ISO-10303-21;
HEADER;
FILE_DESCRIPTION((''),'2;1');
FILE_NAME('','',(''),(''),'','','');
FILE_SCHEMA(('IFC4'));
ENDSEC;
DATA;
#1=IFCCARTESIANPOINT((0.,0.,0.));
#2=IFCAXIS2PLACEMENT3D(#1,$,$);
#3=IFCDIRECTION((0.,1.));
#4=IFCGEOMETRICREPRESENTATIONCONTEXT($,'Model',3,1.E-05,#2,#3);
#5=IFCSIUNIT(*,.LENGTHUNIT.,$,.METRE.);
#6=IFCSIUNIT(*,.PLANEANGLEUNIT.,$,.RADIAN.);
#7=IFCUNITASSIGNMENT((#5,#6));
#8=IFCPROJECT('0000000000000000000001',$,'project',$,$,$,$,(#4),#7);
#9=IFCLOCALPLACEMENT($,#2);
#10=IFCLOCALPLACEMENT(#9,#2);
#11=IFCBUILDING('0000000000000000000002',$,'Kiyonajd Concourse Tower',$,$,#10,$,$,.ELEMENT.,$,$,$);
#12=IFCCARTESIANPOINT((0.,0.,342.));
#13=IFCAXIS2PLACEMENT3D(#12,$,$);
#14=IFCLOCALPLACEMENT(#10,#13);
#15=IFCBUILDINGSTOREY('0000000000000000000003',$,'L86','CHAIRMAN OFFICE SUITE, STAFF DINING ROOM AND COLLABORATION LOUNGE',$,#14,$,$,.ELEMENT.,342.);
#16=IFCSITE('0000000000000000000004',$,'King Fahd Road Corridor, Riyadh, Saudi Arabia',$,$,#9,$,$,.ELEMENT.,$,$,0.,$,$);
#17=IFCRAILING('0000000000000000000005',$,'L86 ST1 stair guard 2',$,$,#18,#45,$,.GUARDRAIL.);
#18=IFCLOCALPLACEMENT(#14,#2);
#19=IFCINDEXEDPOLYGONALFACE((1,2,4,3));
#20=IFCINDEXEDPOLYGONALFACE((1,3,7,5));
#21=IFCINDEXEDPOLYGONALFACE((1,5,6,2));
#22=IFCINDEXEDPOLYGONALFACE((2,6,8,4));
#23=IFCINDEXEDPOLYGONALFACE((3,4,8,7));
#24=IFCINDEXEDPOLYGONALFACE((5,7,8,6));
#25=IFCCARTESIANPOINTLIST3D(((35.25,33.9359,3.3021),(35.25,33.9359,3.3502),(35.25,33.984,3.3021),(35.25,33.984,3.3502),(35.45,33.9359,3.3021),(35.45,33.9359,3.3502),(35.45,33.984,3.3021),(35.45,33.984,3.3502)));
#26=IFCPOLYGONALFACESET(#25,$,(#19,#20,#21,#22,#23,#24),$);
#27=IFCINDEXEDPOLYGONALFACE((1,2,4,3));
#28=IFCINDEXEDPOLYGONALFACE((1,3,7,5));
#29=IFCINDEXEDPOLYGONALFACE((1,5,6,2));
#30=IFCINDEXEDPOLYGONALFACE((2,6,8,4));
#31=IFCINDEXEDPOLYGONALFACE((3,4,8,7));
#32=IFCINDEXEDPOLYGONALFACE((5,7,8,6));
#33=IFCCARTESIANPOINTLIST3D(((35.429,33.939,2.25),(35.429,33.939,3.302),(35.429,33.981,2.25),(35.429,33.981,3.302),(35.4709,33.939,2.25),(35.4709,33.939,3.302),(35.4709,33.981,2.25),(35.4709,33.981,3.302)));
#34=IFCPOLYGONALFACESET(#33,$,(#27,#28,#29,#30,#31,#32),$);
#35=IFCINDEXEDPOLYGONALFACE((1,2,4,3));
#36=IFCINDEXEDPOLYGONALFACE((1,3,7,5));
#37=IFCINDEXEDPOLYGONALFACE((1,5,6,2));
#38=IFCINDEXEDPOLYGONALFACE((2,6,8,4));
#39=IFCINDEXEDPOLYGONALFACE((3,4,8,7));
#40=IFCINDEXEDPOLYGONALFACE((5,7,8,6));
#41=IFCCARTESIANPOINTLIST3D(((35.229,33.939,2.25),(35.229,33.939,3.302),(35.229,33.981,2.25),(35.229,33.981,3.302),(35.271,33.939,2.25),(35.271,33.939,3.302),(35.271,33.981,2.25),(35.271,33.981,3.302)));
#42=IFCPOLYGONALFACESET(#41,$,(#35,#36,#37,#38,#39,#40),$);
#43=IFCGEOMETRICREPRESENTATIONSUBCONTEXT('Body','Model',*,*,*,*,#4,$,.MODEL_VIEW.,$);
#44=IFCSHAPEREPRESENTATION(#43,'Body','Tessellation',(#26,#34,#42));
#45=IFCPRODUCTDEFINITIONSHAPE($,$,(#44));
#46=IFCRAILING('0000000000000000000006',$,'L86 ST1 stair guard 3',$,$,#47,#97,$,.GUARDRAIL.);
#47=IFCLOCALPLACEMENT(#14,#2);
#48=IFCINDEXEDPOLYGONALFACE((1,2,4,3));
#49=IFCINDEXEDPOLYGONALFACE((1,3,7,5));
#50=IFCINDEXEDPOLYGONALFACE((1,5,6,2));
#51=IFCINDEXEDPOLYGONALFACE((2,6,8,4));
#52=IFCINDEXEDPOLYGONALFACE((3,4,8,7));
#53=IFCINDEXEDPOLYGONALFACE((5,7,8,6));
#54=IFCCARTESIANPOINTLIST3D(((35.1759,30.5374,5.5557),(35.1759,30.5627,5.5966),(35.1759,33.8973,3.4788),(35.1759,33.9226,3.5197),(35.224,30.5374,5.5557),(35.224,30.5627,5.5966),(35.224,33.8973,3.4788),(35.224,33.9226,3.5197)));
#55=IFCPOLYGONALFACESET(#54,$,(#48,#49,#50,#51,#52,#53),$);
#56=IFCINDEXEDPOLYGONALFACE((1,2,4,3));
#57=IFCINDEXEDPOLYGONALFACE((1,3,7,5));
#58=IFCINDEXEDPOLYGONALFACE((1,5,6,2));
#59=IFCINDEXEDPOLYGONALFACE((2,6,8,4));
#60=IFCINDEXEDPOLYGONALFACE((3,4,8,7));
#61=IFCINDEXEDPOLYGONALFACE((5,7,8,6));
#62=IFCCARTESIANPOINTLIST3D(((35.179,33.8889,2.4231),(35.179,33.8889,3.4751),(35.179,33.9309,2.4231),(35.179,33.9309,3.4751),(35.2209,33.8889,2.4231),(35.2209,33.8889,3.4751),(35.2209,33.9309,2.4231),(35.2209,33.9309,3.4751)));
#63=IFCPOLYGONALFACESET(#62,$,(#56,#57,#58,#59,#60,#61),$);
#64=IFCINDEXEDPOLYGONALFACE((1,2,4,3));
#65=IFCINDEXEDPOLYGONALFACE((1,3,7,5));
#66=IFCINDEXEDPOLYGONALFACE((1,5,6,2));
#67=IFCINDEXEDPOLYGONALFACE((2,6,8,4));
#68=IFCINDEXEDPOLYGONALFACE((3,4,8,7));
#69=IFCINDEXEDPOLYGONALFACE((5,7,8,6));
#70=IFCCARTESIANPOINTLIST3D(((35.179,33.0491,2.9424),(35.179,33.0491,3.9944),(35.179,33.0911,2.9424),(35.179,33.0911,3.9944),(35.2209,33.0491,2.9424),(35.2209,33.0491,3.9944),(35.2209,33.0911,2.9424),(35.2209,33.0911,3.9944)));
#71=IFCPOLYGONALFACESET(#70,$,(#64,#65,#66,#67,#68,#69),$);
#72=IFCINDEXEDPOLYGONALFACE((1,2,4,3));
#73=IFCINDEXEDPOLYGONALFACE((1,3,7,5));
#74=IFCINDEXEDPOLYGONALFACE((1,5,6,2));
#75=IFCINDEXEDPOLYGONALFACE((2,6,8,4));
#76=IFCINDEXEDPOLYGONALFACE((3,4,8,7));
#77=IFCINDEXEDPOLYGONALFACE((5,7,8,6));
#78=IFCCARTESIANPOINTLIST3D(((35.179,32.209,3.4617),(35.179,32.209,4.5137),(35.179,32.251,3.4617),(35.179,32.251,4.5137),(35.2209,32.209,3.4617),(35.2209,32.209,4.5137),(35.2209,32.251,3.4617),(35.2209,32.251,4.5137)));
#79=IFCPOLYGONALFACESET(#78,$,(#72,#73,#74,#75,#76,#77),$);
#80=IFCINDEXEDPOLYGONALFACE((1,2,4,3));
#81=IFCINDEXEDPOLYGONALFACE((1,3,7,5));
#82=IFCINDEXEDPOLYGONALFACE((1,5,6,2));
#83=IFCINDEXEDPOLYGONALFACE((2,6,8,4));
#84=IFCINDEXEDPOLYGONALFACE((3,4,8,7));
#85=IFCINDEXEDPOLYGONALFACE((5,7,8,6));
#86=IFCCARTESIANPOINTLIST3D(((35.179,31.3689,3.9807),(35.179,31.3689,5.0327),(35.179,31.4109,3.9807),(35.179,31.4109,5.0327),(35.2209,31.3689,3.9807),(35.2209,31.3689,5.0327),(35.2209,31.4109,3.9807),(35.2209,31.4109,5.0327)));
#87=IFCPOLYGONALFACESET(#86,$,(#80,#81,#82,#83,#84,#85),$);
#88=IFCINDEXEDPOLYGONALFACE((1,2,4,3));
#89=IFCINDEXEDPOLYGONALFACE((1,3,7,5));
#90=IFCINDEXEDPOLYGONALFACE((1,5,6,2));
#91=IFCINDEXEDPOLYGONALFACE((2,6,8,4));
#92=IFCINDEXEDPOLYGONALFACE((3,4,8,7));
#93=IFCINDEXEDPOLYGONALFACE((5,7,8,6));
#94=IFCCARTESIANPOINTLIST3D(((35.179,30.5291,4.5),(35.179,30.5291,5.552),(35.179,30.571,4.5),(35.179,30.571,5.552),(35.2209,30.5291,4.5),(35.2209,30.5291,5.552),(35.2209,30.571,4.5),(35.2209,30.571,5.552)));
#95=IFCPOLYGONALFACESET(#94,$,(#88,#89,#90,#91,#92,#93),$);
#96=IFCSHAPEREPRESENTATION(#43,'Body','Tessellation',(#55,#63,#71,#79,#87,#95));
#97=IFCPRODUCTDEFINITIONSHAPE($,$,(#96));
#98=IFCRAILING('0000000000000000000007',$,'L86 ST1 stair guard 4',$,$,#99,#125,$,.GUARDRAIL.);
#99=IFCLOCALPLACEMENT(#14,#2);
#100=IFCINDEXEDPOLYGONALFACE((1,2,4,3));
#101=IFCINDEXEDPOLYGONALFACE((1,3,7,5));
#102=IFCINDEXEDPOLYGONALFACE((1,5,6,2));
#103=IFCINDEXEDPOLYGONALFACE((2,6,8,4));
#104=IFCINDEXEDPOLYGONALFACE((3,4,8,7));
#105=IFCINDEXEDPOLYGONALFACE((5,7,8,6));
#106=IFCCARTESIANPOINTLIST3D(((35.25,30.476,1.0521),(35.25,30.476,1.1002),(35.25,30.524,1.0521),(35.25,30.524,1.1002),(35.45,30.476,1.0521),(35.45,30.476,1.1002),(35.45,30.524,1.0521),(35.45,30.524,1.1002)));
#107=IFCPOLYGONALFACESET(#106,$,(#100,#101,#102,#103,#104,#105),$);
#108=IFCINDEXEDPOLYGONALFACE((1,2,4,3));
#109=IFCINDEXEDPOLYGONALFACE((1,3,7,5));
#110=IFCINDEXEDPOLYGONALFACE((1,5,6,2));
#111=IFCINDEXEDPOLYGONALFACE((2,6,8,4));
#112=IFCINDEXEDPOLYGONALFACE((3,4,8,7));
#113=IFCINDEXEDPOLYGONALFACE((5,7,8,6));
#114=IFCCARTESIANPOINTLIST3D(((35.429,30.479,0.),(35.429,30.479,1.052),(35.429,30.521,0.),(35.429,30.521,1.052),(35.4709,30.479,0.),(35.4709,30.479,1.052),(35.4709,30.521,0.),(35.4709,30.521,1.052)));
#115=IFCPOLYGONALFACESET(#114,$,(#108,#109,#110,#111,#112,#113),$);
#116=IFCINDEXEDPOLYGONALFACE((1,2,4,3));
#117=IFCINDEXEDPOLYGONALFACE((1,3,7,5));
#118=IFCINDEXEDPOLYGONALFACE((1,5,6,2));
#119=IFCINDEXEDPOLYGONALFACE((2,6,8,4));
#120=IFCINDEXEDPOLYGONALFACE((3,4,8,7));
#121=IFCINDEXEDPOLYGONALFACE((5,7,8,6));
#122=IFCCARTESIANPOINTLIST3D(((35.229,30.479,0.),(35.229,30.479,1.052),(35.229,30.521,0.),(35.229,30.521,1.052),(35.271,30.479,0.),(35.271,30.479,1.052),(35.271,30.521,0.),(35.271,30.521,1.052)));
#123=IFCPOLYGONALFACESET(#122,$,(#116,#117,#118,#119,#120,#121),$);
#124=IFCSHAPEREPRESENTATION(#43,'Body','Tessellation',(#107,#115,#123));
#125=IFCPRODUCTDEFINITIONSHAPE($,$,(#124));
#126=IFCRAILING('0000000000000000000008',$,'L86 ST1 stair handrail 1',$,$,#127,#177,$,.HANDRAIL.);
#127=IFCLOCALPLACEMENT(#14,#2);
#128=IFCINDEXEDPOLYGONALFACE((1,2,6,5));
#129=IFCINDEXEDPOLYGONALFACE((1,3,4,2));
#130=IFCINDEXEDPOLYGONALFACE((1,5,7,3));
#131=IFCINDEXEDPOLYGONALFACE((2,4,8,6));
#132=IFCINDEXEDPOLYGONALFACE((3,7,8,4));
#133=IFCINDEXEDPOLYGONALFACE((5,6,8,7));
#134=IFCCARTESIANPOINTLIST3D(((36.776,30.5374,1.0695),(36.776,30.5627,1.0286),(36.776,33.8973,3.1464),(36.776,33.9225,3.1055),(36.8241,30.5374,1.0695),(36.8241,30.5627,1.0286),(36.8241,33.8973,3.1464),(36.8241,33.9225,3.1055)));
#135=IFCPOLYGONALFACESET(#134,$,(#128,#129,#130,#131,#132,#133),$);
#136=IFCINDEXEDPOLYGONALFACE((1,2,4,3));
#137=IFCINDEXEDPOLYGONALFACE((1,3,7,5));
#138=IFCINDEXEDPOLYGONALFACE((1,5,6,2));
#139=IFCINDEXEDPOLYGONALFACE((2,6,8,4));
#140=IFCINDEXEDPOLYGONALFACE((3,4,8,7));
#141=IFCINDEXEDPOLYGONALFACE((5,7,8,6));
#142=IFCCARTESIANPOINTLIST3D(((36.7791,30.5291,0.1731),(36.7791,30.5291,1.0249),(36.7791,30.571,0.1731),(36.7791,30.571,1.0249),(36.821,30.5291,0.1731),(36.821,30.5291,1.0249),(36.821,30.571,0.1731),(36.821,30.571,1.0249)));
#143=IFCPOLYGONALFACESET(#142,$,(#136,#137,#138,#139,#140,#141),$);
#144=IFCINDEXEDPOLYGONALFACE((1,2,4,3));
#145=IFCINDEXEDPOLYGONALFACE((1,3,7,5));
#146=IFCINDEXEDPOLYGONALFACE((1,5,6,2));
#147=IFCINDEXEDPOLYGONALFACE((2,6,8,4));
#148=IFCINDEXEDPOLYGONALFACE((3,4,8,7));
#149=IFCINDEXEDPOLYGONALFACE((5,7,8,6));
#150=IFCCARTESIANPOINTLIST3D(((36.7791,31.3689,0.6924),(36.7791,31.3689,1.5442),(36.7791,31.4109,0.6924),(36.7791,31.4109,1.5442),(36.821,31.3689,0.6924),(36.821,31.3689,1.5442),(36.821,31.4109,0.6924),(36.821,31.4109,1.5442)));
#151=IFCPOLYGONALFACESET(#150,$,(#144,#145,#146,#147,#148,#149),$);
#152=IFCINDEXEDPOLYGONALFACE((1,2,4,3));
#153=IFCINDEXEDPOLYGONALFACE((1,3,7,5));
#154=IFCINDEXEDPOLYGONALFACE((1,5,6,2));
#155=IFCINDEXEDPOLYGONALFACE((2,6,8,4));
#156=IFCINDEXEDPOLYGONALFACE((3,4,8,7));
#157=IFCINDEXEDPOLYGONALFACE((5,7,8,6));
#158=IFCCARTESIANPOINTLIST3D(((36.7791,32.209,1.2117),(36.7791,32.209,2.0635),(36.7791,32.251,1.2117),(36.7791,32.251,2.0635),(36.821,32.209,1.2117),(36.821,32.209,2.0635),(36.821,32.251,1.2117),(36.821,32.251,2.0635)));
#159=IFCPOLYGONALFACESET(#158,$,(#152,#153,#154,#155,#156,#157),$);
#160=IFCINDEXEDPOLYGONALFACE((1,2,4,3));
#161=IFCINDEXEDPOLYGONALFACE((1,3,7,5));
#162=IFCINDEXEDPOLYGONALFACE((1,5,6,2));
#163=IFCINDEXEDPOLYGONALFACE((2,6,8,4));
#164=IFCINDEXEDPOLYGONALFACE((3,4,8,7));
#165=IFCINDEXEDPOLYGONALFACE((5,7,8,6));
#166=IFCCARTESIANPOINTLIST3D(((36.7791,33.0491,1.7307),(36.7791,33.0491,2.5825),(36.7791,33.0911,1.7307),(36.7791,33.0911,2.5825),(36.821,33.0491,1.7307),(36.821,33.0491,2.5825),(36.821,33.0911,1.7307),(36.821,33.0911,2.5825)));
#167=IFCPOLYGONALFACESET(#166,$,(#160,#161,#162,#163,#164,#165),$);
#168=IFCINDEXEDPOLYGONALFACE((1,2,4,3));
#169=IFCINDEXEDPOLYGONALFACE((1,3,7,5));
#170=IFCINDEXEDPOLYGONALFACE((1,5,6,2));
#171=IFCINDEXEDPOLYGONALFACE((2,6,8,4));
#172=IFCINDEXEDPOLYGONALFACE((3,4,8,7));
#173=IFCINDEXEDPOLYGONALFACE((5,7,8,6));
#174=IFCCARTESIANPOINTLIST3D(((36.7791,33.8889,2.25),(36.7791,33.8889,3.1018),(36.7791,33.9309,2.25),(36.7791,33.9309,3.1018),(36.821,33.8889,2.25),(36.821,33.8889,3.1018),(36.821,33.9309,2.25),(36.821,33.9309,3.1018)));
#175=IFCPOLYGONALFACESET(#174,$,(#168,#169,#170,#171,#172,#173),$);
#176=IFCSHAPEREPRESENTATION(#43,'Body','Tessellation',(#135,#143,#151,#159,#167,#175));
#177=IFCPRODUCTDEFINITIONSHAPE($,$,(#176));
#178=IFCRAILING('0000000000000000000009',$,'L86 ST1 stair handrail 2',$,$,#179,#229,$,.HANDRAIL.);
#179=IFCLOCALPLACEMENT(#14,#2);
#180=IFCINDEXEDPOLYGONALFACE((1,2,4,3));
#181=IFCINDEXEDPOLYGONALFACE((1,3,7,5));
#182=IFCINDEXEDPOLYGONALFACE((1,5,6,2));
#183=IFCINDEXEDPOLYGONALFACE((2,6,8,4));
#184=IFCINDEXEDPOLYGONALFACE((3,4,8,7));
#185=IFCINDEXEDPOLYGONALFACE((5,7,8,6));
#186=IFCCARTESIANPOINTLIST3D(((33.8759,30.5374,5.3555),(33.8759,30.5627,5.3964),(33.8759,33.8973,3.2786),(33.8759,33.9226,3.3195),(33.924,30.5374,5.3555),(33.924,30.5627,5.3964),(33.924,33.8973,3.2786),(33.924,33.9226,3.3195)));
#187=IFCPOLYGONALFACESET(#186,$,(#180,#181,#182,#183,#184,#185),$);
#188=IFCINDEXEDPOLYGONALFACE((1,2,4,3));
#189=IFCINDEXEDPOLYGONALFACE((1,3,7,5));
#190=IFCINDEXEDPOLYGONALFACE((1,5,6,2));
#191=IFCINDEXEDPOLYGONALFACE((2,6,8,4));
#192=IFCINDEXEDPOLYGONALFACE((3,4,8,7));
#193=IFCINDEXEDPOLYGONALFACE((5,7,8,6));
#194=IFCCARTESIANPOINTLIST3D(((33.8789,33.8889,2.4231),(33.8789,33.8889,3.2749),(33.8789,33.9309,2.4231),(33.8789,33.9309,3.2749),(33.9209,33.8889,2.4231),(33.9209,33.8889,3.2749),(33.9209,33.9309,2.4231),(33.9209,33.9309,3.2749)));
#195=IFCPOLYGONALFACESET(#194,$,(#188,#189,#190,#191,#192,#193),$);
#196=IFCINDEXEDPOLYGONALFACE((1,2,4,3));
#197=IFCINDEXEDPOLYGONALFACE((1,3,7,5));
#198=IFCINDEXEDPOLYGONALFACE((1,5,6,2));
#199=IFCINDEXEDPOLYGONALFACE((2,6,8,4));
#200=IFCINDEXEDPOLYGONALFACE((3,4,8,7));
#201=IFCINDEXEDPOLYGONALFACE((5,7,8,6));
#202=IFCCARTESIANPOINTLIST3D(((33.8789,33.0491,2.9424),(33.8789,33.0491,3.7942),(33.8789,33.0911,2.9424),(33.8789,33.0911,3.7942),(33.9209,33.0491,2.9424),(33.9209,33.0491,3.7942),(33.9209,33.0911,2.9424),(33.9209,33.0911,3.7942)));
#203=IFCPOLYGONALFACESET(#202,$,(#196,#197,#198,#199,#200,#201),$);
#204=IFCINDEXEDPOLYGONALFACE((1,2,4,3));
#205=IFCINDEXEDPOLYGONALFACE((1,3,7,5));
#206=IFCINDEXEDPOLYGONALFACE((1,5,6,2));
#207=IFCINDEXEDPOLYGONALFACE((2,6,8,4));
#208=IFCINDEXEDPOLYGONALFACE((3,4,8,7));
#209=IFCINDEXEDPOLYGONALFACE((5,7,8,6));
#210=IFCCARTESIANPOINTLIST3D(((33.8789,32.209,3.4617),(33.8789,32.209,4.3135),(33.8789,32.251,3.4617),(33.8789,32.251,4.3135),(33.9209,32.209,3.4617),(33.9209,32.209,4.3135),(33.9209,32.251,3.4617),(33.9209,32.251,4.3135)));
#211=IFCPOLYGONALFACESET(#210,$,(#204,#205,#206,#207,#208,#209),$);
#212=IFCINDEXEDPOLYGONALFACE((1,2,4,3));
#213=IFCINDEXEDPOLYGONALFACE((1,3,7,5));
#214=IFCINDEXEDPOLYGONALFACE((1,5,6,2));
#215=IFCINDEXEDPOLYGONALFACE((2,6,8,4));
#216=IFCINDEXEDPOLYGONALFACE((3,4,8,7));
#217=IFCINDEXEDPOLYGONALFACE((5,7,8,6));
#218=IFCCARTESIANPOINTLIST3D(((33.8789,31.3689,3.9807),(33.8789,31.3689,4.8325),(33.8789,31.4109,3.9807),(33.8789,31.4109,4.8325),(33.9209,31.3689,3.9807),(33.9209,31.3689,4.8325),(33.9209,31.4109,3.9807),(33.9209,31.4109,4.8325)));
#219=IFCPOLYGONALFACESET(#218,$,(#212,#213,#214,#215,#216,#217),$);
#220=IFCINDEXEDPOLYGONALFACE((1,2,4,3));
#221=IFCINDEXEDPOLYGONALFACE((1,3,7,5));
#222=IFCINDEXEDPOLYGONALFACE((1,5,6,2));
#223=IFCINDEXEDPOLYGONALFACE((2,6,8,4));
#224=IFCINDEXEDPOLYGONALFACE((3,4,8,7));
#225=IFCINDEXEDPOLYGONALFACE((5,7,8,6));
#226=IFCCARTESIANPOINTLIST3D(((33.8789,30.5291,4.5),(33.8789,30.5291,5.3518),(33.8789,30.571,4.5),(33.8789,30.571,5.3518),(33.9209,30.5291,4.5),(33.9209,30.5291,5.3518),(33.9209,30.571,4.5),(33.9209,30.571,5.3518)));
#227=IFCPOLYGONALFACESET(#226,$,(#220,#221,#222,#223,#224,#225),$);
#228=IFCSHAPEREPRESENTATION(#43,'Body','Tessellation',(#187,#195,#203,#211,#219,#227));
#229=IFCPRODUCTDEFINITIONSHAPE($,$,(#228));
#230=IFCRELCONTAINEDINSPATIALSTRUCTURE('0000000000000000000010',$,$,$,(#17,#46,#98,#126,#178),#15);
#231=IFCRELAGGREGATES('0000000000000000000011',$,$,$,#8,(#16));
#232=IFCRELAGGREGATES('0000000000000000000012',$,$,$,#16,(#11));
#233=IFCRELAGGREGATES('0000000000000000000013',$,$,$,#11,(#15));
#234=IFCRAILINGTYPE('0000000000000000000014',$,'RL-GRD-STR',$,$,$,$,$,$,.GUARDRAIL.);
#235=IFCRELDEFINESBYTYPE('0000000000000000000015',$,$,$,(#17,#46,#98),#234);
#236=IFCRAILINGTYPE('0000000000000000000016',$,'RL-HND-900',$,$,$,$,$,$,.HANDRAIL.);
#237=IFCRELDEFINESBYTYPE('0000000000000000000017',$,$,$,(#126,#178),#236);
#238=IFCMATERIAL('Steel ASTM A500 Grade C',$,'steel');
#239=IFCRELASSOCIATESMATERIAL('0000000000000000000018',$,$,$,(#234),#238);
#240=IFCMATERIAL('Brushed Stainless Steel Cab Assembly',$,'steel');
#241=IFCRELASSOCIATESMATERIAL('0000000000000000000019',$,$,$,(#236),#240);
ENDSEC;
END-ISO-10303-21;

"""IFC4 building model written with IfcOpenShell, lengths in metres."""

from ifc_helpers import new_model, si_unit, direction, frame, origin, origin_2d, place, context, subcontext, project, spatial, rectangle, extrude, material, type_object, element, save


model = new_model("IFC4")

# Units and contexts
model_context = context("Model", 3, precision=1e-05, world=origin(), true_north=direction((0.0, 1.0)))
body_context = subcontext(model_context, "Body", "Model", "MODEL_VIEW")
ifc_project = project(units=[si_unit("LENGTHUNIT", "METRE"), si_unit("PLANEANGLEUNIT", "RADIAN")], contexts=[model_context])

# Site, building, storey
site_placement = place(None, origin())
site = spatial("IfcSite", under=ifc_project, at=site_placement, Name="King Fahd Road Corridor, Riyadh, Saudi Arabia", CompositionType="ELEMENT", RefElevation=0.0)
building_placement = place(site_placement, origin())
building = spatial("IfcBuilding", under=site, at=building_placement, Name="Kiyonajd Concourse Tower", CompositionType="ELEMENT")
storey_placement = place(building_placement, frame((0.0, 0.0, 342.0)))
storey = spatial("IfcBuildingStorey", under=building, at=storey_placement, Name="L86", Description="CHAIRMAN OFFICE SUITE, STAFF DINING ROOM AND COLLABORATION LOUNGE", CompositionType="ELEMENT", Elevation=342.0)

# Shared definitions
ifc_material_1 = material(Name="Brushed Stainless Steel Cab Assembly", Category="steel")

# Railings
ifc_material_2 = material(Name="Steel ASTM A500 Grade C", Category="steel")
railing_type_1 = type_object("IfcRailingType", Name="RL-GRD-STR", PredefinedType="GUARDRAIL", material=ifc_material_2)
railing_1_placement = place(storey_placement, frame((35.45, 33.96, 2.25)))
element("IfcRailing", 1, at=railing_1_placement, inside=storey, type_object=railing_type_1, Name="L86 ST1 stair guard 2", PredefinedType="GUARDRAIL", context=body_context, shape_type="SweptSolid", body=[
    extrude(rectangle(XDim=0.0481, YDim=0.0481, at=origin_2d()), frame((0.0, 0.0, 1.0762), z_axis=(-1.0, 0.0, 0.0), x_axis=(0.0, -1.0, 0.0)), (0.0, 0.0, 1.0), 0.2),
    extrude(rectangle(XDim=0.042, YDim=0.042, at=origin_2d()), origin(), (0.0, 0.0, 1.0), 1.052),
    extrude(rectangle(XDim=0.042, YDim=0.042, at=origin_2d()), frame((-0.2, 0.0, 0.0)), (0.0, 0.0, 1.0), 1.052),
])
railing_2_placement = place(storey_placement, frame((35.2, 33.9099, 2.4231)))
element("IfcRailing", 2, at=railing_2_placement, inside=storey, type_object=railing_type_1, Name="L86 ST1 stair guard 3", PredefinedType="GUARDRAIL", context=body_context, shape_type="SweptSolid", body=[
    extrude(rectangle(XDim=0.0481, YDim=0.0481, at=origin_2d()), frame((0.0, 0.0, 1.0762), z_axis=(0.0, -0.850606, 0.525803), x_axis=(1.0, 0.0, 0.0)), (0.0, 0.0, 1.0), 3.95),
    extrude(rectangle(XDim=0.042, YDim=0.042, at=origin_2d()), origin(), (0.0, 0.0, 1.0), 1.052),
    extrude(rectangle(XDim=0.042, YDim=0.042, at=origin_2d()), frame((0.0, -0.8398, 0.5193)), (0.0, 0.0, 1.0), 1.052),
    extrude(rectangle(XDim=0.042, YDim=0.042, at=origin_2d()), frame((0.0, -1.6799, 1.0386)), (0.0, 0.0, 1.0), 1.052),
    extrude(rectangle(XDim=0.042, YDim=0.042, at=origin_2d()), frame((0.0, -2.52, 1.5576)), (0.0, 0.0, 1.0), 1.052),
    extrude(rectangle(XDim=0.042, YDim=0.042, at=origin_2d()), frame((0.0, -3.3599, 2.0769)), (0.0, 0.0, 1.0), 1.052),
])
railing_3_placement = place(storey_placement, frame((35.45, 30.5, 0.0)))
element("IfcRailing", 3, at=railing_3_placement, inside=storey, type_object=railing_type_1, Name="L86 ST1 stair guard 4", PredefinedType="GUARDRAIL", context=body_context, shape_type="SweptSolid", body=[
    extrude(rectangle(XDim=0.0481, YDim=0.0481, at=origin_2d()), frame((0.0, 0.0, 1.0762), z_axis=(-1.0, 0.0, 0.0), x_axis=(0.0, -1.0, 0.0)), (0.0, 0.0, 1.0), 0.2),
    extrude(rectangle(XDim=0.042, YDim=0.042, at=origin_2d()), origin(), (0.0, 0.0, 1.0), 1.052),
    extrude(rectangle(XDim=0.042, YDim=0.042, at=origin_2d()), frame((-0.2, 0.0, 0.0)), (0.0, 0.0, 1.0), 1.052),
])
railing_type_2 = type_object("IfcRailingType", Name="RL-HND-900", PredefinedType="HANDRAIL", material=ifc_material_1)
railing_4_placement = place(storey_placement, frame((36.8, 30.55, 0.1731)))
element("IfcRailing", 4, at=railing_4_placement, inside=storey, type_object=railing_type_2, Name="L86 ST1 stair handrail 1", PredefinedType="HANDRAIL", context=body_context, shape_type="SweptSolid", body=[
    extrude(rectangle(XDim=0.0481, YDim=0.0481, at=origin_2d()), frame((0.0, 0.0, 0.876), z_axis=(0.0, 0.850606, 0.525803), x_axis=(-1.0, 0.0, 0.0)), (0.0, 0.0, 1.0), 3.95),
    extrude(rectangle(XDim=0.042, YDim=0.042, at=origin_2d()), origin(), (0.0, 0.0, 1.0), 0.8518),
    extrude(rectangle(XDim=0.042, YDim=0.042, at=origin_2d()), frame((0.0, 0.8398, 0.5193)), (0.0, 0.0, 1.0), 0.8518),
    extrude(rectangle(XDim=0.042, YDim=0.042, at=origin_2d()), frame((0.0, 1.6799, 1.0386)), (0.0, 0.0, 1.0), 0.8518),
    extrude(rectangle(XDim=0.042, YDim=0.042, at=origin_2d()), frame((0.0, 2.52, 1.5576)), (0.0, 0.0, 1.0), 0.8518),
    extrude(rectangle(XDim=0.042, YDim=0.042, at=origin_2d()), frame((0.0, 3.3599, 2.0769)), (0.0, 0.0, 1.0), 0.8518),
])
railing_5_placement = place(storey_placement, frame((33.8999, 33.9099, 2.4231)))
element("IfcRailing", 5, at=railing_5_placement, inside=storey, type_object=railing_type_2, Name="L86 ST1 stair handrail 2", PredefinedType="HANDRAIL", context=body_context, shape_type="SweptSolid", body=[
    extrude(rectangle(XDim=0.0481, YDim=0.0481, at=origin_2d()), frame((0.0, 0.0, 0.876), z_axis=(0.0, -0.850606, 0.525803), x_axis=(1.0, 0.0, 0.0)), (0.0, 0.0, 1.0), 3.95),
    extrude(rectangle(XDim=0.042, YDim=0.042, at=origin_2d()), origin(), (0.0, 0.0, 1.0), 0.8518),
    extrude(rectangle(XDim=0.042, YDim=0.042, at=origin_2d()), frame((0.0, -0.8398, 0.5193)), (0.0, 0.0, 1.0), 0.8518),
    extrude(rectangle(XDim=0.042, YDim=0.042, at=origin_2d()), frame((0.0, -1.6799, 1.0386)), (0.0, 0.0, 1.0), 0.8518),
    extrude(rectangle(XDim=0.042, YDim=0.042, at=origin_2d()), frame((0.0, -2.52, 1.5576)), (0.0, 0.0, 1.0), 0.8518),
    extrude(rectangle(XDim=0.042, YDim=0.042, at=origin_2d()), frame((0.0, -3.3599, 2.0769)), (0.0, 0.0, 1.0), 0.8518),
])

save(model, "model.ifc")
